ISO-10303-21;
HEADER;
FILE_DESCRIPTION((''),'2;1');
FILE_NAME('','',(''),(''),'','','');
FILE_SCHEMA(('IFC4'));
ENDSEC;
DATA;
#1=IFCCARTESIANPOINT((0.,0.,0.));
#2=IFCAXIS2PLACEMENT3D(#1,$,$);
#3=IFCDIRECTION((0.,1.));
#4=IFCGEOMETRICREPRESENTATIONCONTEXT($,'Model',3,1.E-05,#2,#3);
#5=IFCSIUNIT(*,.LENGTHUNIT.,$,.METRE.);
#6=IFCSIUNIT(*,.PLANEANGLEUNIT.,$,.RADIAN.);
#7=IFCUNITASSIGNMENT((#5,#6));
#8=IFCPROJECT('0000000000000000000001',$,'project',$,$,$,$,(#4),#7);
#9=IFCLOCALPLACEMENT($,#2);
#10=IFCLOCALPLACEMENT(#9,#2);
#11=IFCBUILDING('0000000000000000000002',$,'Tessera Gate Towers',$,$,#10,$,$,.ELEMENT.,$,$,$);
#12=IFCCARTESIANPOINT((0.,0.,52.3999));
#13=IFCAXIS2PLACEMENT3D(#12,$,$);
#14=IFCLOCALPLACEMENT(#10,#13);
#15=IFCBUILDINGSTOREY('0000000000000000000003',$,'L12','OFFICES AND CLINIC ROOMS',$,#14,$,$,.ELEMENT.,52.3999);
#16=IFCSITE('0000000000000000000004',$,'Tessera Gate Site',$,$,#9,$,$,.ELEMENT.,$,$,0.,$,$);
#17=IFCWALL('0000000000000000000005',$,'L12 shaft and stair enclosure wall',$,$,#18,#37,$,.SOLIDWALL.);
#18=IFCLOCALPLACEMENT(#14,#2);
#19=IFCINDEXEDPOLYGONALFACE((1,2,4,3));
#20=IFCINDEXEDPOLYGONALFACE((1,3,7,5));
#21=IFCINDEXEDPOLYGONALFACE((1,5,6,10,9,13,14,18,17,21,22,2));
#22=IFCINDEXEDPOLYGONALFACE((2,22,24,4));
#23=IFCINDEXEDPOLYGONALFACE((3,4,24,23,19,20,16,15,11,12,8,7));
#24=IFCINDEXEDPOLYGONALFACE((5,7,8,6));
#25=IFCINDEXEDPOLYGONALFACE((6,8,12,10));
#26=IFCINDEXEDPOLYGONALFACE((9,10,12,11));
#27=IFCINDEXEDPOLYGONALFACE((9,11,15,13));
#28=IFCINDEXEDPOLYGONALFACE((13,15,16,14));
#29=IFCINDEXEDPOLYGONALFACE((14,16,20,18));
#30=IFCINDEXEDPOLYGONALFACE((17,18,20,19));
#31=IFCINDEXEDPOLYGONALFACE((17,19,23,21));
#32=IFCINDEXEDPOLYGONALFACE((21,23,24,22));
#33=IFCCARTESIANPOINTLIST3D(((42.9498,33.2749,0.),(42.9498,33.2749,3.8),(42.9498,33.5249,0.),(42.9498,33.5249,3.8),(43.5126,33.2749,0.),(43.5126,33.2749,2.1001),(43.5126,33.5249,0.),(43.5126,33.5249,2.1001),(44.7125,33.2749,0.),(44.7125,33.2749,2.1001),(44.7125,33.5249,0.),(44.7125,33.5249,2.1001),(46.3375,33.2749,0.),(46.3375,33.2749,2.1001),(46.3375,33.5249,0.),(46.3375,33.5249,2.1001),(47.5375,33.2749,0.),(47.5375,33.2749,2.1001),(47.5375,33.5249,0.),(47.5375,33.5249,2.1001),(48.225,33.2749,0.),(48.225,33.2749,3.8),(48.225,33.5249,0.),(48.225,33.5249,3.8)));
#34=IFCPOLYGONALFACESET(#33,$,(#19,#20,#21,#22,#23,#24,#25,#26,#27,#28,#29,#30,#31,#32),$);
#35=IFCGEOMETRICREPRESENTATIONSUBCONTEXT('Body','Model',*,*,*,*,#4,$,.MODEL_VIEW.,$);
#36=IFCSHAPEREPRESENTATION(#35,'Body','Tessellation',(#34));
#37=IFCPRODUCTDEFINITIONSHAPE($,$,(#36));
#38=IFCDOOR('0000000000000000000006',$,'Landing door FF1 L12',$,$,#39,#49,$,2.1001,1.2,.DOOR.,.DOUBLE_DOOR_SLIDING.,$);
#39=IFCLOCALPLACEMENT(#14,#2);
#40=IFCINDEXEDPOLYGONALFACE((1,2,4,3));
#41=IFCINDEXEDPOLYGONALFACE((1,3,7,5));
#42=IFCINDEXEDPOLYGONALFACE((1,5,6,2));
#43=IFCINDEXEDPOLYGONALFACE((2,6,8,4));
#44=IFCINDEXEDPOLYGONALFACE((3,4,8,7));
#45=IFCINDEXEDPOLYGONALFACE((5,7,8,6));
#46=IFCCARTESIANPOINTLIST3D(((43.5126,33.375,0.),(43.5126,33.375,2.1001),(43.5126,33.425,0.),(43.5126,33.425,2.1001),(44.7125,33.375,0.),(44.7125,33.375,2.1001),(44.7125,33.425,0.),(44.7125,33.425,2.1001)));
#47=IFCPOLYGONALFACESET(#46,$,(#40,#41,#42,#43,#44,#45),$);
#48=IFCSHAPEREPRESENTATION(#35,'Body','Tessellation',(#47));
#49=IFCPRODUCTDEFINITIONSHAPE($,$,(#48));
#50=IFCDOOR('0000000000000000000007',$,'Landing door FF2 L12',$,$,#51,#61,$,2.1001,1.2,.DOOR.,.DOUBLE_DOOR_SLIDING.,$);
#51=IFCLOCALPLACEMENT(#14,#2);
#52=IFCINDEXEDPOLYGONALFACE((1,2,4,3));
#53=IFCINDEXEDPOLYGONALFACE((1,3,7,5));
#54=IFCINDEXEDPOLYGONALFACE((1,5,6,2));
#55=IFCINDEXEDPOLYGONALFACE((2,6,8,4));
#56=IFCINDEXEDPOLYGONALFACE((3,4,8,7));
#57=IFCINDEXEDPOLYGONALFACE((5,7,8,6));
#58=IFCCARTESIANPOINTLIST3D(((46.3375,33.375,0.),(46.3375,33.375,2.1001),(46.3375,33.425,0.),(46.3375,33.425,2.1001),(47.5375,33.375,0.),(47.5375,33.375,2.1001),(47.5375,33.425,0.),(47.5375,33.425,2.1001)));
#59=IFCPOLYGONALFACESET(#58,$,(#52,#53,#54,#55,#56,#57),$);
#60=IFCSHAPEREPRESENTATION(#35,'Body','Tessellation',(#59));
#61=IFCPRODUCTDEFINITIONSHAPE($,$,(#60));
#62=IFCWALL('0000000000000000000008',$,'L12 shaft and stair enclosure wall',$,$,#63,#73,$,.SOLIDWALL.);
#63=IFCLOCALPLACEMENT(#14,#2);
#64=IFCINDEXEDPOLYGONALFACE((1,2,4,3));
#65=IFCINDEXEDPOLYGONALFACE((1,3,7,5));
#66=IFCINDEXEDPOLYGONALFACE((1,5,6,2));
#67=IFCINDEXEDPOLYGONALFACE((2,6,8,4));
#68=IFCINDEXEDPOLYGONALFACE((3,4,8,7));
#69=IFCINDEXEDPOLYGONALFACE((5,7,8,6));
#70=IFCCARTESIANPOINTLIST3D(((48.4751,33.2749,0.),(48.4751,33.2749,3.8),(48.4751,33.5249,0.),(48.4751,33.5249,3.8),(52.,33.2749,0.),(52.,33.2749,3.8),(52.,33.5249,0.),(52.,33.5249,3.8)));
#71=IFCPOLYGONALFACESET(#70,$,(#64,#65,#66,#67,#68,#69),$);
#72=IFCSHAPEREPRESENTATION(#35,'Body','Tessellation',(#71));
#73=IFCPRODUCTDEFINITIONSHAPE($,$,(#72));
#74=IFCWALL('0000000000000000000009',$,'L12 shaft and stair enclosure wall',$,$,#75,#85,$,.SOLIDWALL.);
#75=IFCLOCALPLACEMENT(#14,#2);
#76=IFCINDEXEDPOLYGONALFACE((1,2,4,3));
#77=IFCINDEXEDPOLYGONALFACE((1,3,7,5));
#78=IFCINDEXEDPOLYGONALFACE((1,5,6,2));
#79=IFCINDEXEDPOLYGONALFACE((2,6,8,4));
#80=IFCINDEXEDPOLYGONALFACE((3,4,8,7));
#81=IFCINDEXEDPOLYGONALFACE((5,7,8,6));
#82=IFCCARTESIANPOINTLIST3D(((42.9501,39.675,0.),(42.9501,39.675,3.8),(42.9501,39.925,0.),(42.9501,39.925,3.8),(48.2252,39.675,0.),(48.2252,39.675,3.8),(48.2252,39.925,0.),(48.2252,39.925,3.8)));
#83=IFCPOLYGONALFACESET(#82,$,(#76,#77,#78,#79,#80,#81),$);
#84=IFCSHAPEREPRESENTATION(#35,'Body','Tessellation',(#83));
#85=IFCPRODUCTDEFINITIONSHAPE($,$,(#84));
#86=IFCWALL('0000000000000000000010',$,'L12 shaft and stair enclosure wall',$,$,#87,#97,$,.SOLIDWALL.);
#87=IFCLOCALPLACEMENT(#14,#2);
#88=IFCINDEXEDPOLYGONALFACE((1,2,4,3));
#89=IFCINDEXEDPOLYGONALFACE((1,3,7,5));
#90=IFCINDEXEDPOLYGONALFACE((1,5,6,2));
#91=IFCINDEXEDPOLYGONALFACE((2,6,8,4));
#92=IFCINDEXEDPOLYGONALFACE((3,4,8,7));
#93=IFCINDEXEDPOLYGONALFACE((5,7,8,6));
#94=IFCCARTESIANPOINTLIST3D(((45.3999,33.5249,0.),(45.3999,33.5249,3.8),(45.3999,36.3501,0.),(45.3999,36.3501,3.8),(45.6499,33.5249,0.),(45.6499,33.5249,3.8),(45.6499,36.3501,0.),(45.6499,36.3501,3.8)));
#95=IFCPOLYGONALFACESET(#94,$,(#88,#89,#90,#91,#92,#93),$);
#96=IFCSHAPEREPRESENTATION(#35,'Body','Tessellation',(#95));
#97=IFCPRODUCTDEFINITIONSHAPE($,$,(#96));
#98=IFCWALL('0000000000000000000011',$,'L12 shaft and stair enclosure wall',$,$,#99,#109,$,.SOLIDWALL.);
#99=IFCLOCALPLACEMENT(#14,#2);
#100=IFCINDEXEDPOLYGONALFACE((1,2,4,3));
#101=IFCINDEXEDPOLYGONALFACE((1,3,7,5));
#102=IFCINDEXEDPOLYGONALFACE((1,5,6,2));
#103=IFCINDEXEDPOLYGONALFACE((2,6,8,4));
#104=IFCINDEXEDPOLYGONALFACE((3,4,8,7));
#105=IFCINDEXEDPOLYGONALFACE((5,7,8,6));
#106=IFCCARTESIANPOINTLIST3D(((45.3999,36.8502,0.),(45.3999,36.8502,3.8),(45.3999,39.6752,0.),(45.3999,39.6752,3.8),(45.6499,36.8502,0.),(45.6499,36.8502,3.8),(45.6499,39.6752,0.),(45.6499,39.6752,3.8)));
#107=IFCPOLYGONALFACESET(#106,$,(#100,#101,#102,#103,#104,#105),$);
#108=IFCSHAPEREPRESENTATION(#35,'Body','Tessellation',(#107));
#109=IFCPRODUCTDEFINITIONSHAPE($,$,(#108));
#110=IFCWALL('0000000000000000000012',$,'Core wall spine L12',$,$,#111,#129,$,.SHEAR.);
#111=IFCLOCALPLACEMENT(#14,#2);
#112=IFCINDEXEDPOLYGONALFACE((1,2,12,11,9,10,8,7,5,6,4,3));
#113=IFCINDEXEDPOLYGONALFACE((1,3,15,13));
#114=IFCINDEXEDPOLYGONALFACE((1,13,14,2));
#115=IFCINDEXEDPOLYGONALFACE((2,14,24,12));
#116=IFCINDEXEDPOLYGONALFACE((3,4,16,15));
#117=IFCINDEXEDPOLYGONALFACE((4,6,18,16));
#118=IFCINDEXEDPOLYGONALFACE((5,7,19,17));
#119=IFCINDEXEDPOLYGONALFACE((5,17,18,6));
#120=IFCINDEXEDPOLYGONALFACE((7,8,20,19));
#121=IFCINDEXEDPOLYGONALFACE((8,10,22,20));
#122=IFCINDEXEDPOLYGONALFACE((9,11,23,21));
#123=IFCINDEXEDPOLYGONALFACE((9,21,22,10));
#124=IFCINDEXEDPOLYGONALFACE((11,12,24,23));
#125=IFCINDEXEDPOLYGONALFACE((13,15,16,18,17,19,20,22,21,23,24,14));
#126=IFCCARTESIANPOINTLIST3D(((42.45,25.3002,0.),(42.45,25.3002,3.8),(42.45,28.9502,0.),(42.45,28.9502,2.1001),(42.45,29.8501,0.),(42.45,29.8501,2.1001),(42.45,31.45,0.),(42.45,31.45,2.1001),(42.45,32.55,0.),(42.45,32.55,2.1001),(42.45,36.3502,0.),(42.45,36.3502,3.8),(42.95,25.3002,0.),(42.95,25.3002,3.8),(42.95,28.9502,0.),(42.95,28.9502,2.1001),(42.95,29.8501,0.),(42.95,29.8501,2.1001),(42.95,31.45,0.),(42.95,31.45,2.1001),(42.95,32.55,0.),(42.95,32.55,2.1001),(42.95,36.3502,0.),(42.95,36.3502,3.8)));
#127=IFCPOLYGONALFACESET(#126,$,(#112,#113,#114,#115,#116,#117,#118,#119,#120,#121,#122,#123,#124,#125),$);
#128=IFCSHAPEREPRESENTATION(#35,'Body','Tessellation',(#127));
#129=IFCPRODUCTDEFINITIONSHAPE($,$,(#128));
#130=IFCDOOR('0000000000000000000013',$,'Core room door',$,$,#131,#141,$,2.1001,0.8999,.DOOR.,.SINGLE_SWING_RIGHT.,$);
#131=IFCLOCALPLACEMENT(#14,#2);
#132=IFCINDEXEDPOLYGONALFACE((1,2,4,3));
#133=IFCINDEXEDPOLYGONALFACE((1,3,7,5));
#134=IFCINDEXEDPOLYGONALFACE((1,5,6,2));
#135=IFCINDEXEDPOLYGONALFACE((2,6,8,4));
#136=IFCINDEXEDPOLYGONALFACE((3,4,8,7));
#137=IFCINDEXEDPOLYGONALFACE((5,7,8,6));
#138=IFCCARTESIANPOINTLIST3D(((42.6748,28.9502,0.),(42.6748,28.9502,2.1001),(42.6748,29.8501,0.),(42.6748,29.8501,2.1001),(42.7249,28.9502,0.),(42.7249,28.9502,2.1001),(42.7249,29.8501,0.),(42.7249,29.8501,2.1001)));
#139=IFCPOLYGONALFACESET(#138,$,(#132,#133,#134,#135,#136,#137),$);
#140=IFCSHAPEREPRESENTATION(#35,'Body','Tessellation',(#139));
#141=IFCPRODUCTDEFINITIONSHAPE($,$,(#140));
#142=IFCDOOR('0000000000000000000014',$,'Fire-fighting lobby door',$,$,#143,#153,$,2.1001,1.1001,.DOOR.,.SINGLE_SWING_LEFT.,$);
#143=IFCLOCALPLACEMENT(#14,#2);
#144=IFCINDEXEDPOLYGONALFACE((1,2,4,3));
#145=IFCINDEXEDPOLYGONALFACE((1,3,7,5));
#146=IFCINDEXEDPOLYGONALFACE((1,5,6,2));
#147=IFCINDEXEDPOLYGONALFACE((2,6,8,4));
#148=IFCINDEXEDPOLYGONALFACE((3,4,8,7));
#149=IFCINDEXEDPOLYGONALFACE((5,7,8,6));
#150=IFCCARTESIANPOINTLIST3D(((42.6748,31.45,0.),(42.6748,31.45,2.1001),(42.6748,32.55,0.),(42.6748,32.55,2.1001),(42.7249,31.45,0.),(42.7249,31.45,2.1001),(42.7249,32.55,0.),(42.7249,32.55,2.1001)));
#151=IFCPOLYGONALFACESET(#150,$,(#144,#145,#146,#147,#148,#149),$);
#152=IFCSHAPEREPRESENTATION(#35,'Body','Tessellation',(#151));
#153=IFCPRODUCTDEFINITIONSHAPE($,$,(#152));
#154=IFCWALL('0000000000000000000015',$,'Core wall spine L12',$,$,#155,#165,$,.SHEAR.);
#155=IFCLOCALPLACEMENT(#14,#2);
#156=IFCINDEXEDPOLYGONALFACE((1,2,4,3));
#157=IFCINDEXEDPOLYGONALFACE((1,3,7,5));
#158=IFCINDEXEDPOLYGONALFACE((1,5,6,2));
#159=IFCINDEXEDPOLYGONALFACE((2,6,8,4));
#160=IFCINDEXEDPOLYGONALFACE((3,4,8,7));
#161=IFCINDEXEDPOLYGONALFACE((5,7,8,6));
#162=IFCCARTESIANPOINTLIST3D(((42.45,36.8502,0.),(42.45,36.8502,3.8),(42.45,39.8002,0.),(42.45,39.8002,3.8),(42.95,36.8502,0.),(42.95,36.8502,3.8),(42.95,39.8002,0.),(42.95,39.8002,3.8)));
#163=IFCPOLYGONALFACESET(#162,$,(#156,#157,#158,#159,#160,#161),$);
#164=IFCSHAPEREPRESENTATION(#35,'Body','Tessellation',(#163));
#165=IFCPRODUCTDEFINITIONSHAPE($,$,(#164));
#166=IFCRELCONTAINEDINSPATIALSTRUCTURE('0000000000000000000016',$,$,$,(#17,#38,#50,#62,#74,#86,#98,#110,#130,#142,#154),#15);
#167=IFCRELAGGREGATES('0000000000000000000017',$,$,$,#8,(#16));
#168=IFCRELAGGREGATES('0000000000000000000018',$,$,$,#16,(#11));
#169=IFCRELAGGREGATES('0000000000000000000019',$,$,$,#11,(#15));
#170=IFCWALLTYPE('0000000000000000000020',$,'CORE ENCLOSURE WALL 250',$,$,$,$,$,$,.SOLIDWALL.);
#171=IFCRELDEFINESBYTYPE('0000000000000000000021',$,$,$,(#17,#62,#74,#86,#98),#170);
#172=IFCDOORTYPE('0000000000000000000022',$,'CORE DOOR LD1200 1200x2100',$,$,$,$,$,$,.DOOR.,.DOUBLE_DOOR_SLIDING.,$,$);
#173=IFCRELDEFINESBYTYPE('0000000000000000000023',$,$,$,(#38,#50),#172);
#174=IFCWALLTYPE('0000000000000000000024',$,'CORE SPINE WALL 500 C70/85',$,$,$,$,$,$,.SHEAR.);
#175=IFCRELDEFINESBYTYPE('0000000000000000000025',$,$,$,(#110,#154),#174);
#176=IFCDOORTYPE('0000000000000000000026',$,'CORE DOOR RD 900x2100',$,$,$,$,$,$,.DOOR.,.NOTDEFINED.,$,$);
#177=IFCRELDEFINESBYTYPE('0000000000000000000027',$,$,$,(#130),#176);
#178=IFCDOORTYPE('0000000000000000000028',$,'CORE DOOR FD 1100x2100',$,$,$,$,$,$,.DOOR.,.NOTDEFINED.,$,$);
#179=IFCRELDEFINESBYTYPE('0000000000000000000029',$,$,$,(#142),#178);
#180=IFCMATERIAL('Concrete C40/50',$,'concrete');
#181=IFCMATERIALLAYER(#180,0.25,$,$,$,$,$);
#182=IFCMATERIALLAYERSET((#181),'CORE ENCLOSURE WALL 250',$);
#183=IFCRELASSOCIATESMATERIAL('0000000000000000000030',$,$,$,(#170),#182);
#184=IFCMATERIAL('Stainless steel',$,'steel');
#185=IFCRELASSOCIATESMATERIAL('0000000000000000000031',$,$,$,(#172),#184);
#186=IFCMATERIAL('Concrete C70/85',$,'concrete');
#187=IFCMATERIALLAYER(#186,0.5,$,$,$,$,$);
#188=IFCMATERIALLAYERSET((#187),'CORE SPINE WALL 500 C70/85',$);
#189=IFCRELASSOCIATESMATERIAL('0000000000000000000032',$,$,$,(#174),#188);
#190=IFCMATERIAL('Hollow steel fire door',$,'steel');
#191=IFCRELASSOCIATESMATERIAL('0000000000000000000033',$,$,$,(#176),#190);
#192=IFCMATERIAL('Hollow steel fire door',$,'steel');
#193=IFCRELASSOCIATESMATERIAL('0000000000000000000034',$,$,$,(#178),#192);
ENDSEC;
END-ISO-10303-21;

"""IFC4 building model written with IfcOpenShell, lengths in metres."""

from ifc_helpers import new_model, si_unit, direction, frame, frame_2d, origin, place, context, subcontext, project, spatial, rectangle, extrude, source, transform, mapped, material, layer, layer_set, type_object, element, fill, save


model = new_model("IFC4")

# Units and contexts
model_context = context("Model", 3, precision=1e-05, world=origin(), true_north=direction((0.0, 1.0)))
body_context = subcontext(model_context, "Body", "Model", "MODEL_VIEW")
ifc_project = project(units=[si_unit("LENGTHUNIT", "METRE"), si_unit("PLANEANGLEUNIT", "RADIAN")], contexts=[model_context])

# Site, building, storey
site_placement = place(None, origin())
site = spatial("IfcSite", under=ifc_project, at=site_placement, Name="Tessera Gate Site", CompositionType="ELEMENT", RefElevation=0.0)
building_placement = place(site_placement, origin())
building = spatial("IfcBuilding", under=site, at=building_placement, Name="Tessera Gate Towers", CompositionType="ELEMENT")
storey_placement = place(building_placement, frame((0.0, 0.0, 52.3999)))
storey = spatial("IfcBuildingStorey", under=building, at=storey_placement, Name="L12", Description="OFFICES AND CLINIC ROOMS", CompositionType="ELEMENT", Elevation=52.3999)

# Shared definitions
ifc_material_1 = material(Name="Concrete C40/50", Category="concrete")
ifc_layer_1 = layer(ifc_material_1, 0.25)
ifc_layer_set_1 = layer_set([ifc_layer_1], Name="CORE ENCLOSURE WALL 250")
wall_type_1 = type_object("IfcWallType", Name="CORE ENCLOSURE WALL 250", PredefinedType="SOLIDWALL", material=ifc_layer_set_1)
shared_shape_1 = source(origin(), body_context, "Body", "SweptSolid", [
    extrude(rectangle(XDim=1.2, YDim=2.1001, at=frame_2d((0.6001, 1.05))), frame((0.0, 0.135, 0.0), z_axis=(0.0, -1.0, 0.0), x_axis=(1.0, 0.0, 0.0)), (0.0, 0.0, 1.0), 0.27),
])
shared_shape_2 = source(origin(), body_context, "Body", "SweptSolid", [
    extrude(rectangle(XDim=1.2, YDim=2.1001, at=frame_2d((0.6001, 1.05))), frame((0.0, 0.0249, 0.0), z_axis=(0.0, -1.0, 0.0), x_axis=(1.0, 0.0, 0.0)), (0.0, 0.0, 1.0), 0.05),
])

# Wall, openings, doors
shared_shape_3 = source(origin(), body_context, "Body", "SweptSolid", [
    extrude(rectangle(XDim=1.1001, YDim=2.1001, at=frame_2d((0.55, 1.05))), frame((0.0, 0.0249, 0.0), z_axis=(0.0, -1.0, 0.0), x_axis=(1.0, 0.0, 0.0)), (0.0, 0.0, 1.0), 0.05),
])
wall_1_placement = place(storey_placement, frame((48.2251, 33.3999, 0.0), z_axis=(0.0, 0.0, 1.0), x_axis=(-1.0, 0.0, 0.0)))
wall_1 = element("IfcWall", 1, at=wall_1_placement, inside=storey, type_object=wall_type_1, Name="L12 shaft and stair enclosure wall", PredefinedType="SOLIDWALL", context=body_context, shape_type="SweptSolid", body=[
    extrude(rectangle(XDim=5.2751, YDim=0.25, at=frame_2d((2.6377, 0.0))), origin(), (0.0, 0.0, 1.0), 3.8),
])
opening_1_placement = place(wall_1_placement, frame((3.5125, 0.0, 0.0)))
opening_1 = element("IfcOpeningElement", 2, at=opening_1_placement, cuts=wall_1, PredefinedType="OPENING", context=body_context, shape_type="MappedRepresentation", body=[
    mapped(shared_shape_1, transform((0.0, 0.0, 0.0), scale=1.0)),
])
opening_2_placement = place(wall_1_placement, frame((0.6875, 0.0, 0.0)))
opening_2 = element("IfcOpeningElement", 3, at=opening_2_placement, cuts=wall_1, PredefinedType="OPENING", context=body_context, shape_type="MappedRepresentation", body=[
    mapped(shared_shape_1, transform((0.0, 0.0, 0.0), scale=1.0)),
])
ifc_material_2 = material(Name="Stainless steel", Category="steel")
door_type_1 = type_object("IfcDoorType", Name="CORE DOOR LD1200 1200x2100", OperationType="DOUBLE_DOOR_SLIDING", PredefinedType="DOOR", material=ifc_material_2)
door_1_placement = place(opening_1_placement, origin())
door_1 = element("IfcDoor", 4, at=door_1_placement, inside=storey, type_object=door_type_1, Name="Landing door FF1 L12", OperationType="DOUBLE_DOOR_SLIDING", OverallHeight=2.1001, OverallWidth=1.2, PredefinedType="DOOR", context=body_context, shape_type="MappedRepresentation", body=[
    mapped(shared_shape_2, transform((0.0, 0.0, 0.0), scale=1.0)),
])
fill(opening_1, door_1)
door_2_placement = place(opening_2_placement, origin())
door_2 = element("IfcDoor", 5, at=door_2_placement, inside=storey, type_object=door_type_1, Name="Landing door FF2 L12", OperationType="DOUBLE_DOOR_SLIDING", OverallHeight=2.1001, OverallWidth=1.2, PredefinedType="DOOR", context=body_context, shape_type="MappedRepresentation", body=[
    mapped(shared_shape_2, transform((0.0, 0.0, 0.0), scale=1.0)),
])
fill(opening_2, door_2)

# Walls
wall_2_placement = place(storey_placement, frame((48.4751, 33.3999, 0.0), z_axis=(0.0, 0.0, 1.0), x_axis=(1.0, 0.0, 0.0)))
element("IfcWall", 6, at=wall_2_placement, inside=storey, type_object=wall_type_1, Name="L12 shaft and stair enclosure wall", PredefinedType="SOLIDWALL", context=body_context, shape_type="SweptSolid", body=[
    extrude(rectangle(XDim=3.5249, YDim=0.25, at=frame_2d((1.7625, 0.0))), origin(), (0.0, 0.0, 1.0), 3.8),
])
wall_3_placement = place(storey_placement, frame((42.95, 39.8, 0.0), z_axis=(0.0, 0.0, 1.0), x_axis=(1.0, 0.0, 0.0)))
element("IfcWall", 7, at=wall_3_placement, inside=storey, type_object=wall_type_1, Name="L12 shaft and stair enclosure wall", PredefinedType="SOLIDWALL", context=body_context, shape_type="SweptSolid", body=[
    extrude(rectangle(XDim=5.2751, YDim=0.25, at=frame_2d((2.6377, 0.0))), origin(), (0.0, 0.0, 1.0), 3.8),
])
wall_4_placement = place(storey_placement, frame((45.5249, 33.5249, 0.0), z_axis=(0.0, 0.0, 1.0), x_axis=(0.0, 1.0, 0.0)))
element("IfcWall", 8, at=wall_4_placement, inside=storey, type_object=wall_type_1, Name="L12 shaft and stair enclosure wall", PredefinedType="SOLIDWALL", context=body_context, shape_type="SweptSolid", body=[
    extrude(rectangle(XDim=2.8252, YDim=0.25, at=frame_2d((1.4126, 0.0))), origin(), (0.0, 0.0, 1.0), 3.8),
])
wall_5_placement = place(storey_placement, frame((45.5249, 36.8501, 0.0), z_axis=(0.0, 0.0, 1.0), x_axis=(0.0, 1.0, 0.0)))
element("IfcWall", 9, at=wall_5_placement, inside=storey, type_object=wall_type_1, Name="L12 shaft and stair enclosure wall", PredefinedType="SOLIDWALL", context=body_context, shape_type="SweptSolid", body=[
    extrude(rectangle(XDim=2.825, YDim=0.25, at=frame_2d((1.4126, 0.0))), origin(), (0.0, 0.0, 1.0), 3.8),
])

# Wall, openings, doors
ifc_material_3 = material(Name="Concrete C70/85", Category="concrete")
ifc_layer_2 = layer(ifc_material_3, 0.5)
ifc_layer_set_2 = layer_set([ifc_layer_2], Name="CORE SPINE WALL 500 C70/85")
wall_type_2 = type_object("IfcWallType", Name="CORE SPINE WALL 500 C70/85", PredefinedType="SHEAR", material=ifc_layer_set_2)
wall_6_placement = place(storey_placement, frame((42.7, 36.3501, 0.0), z_axis=(0.0, 0.0, 1.0), x_axis=(0.0, -1.0, 0.0)))
wall_6 = element("IfcWall", 10, at=wall_6_placement, inside=storey, type_object=wall_type_2, Name="Core wall spine L12", PredefinedType="SHEAR", context=body_context, shape_type="SweptSolid", body=[
    extrude(rectangle(XDim=11.05, YDim=0.5, at=frame_2d((5.5249, 0.0))), origin(), (0.0, 0.0, 1.0), 3.8),
])
shared_shape_4 = source(origin(), body_context, "Body", "SweptSolid", [
    extrude(rectangle(XDim=0.8999, YDim=2.1001, at=frame_2d((0.45, 1.05))), frame((0.0, 0.26, 0.0), z_axis=(0.0, -1.0, 0.0), x_axis=(1.0, 0.0, 0.0)), (0.0, 0.0, 1.0), 0.52),
])
opening_3_placement = place(wall_6_placement, frame((6.5, 0.0, 0.0)))
opening_3 = element("IfcOpeningElement", 11, at=opening_3_placement, cuts=wall_6, PredefinedType="OPENING", context=body_context, shape_type="MappedRepresentation", body=[
    mapped(shared_shape_4, transform((0.0, 0.0, 0.0), scale=1.0)),
])
shared_shape_5 = source(origin(), body_context, "Body", "SweptSolid", [
    extrude(rectangle(XDim=1.1001, YDim=2.1001, at=frame_2d((0.55, 1.05))), frame((0.0, 0.26, 0.0), z_axis=(0.0, -1.0, 0.0), x_axis=(1.0, 0.0, 0.0)), (0.0, 0.0, 1.0), 0.52),
])
opening_4_placement = place(wall_6_placement, frame((3.8, 0.0, 0.0)))
opening_4 = element("IfcOpeningElement", 12, at=opening_4_placement, cuts=wall_6, PredefinedType="OPENING", context=body_context, shape_type="MappedRepresentation", body=[
    mapped(shared_shape_5, transform((0.0, 0.0, 0.0), scale=1.0)),
])
ifc_material_4 = material(Name="Hollow steel fire door", Category="steel")
door_type_2 = type_object("IfcDoorType", Name="CORE DOOR RD 900x2100", OperationType="NOTDEFINED", PredefinedType="DOOR", material=ifc_material_4)
shared_shape_6 = source(origin(), body_context, "Body", "SweptSolid", [
    extrude(rectangle(XDim=0.8999, YDim=2.1001, at=frame_2d((0.45, 1.05))), frame((0.0, 0.0249, 0.0), z_axis=(0.0, -1.0, 0.0), x_axis=(1.0, 0.0, 0.0)), (0.0, 0.0, 1.0), 0.05),
])
door_3_placement = place(opening_3_placement, origin())
door_3 = element("IfcDoor", 13, at=door_3_placement, inside=storey, type_object=door_type_2, Name="Core room door", OperationType="SINGLE_SWING_RIGHT", OverallHeight=2.1001, OverallWidth=0.8999, PredefinedType="DOOR", context=body_context, shape_type="MappedRepresentation", body=[
    mapped(shared_shape_6, transform((0.0, 0.0, 0.0), scale=1.0)),
])
fill(opening_3, door_3)
ifc_material_5 = material(Name="Hollow steel fire door", Category="steel")
door_type_3 = type_object("IfcDoorType", Name="CORE DOOR FD 1100x2100", OperationType="NOTDEFINED", PredefinedType="DOOR", material=ifc_material_5)
door_4_placement = place(opening_4_placement, origin())
door_4 = element("IfcDoor", 14, at=door_4_placement, inside=storey, type_object=door_type_3, Name="Fire-fighting lobby door", OperationType="SINGLE_SWING_LEFT", OverallHeight=2.1001, OverallWidth=1.1001, PredefinedType="DOOR", context=body_context, shape_type="MappedRepresentation", body=[
    mapped(shared_shape_3, transform((0.0, 0.0, 0.0), scale=1.0)),
])
fill(opening_4, door_4)

# Wall
wall_7_placement = place(storey_placement, frame((42.7, 36.8501, 0.0), z_axis=(0.0, 0.0, 1.0), x_axis=(0.0, 1.0, 0.0)))
element("IfcWall", 15, at=wall_7_placement, inside=storey, type_object=wall_type_2, Name="Core wall spine L12", PredefinedType="SHEAR", context=body_context, shape_type="SweptSolid", body=[
    extrude(rectangle(XDim=2.95, YDim=0.5, at=frame_2d((1.4751, 0.0))), origin(), (0.0, 0.0, 1.0), 3.8),
])

save(model, "model.ifc")
